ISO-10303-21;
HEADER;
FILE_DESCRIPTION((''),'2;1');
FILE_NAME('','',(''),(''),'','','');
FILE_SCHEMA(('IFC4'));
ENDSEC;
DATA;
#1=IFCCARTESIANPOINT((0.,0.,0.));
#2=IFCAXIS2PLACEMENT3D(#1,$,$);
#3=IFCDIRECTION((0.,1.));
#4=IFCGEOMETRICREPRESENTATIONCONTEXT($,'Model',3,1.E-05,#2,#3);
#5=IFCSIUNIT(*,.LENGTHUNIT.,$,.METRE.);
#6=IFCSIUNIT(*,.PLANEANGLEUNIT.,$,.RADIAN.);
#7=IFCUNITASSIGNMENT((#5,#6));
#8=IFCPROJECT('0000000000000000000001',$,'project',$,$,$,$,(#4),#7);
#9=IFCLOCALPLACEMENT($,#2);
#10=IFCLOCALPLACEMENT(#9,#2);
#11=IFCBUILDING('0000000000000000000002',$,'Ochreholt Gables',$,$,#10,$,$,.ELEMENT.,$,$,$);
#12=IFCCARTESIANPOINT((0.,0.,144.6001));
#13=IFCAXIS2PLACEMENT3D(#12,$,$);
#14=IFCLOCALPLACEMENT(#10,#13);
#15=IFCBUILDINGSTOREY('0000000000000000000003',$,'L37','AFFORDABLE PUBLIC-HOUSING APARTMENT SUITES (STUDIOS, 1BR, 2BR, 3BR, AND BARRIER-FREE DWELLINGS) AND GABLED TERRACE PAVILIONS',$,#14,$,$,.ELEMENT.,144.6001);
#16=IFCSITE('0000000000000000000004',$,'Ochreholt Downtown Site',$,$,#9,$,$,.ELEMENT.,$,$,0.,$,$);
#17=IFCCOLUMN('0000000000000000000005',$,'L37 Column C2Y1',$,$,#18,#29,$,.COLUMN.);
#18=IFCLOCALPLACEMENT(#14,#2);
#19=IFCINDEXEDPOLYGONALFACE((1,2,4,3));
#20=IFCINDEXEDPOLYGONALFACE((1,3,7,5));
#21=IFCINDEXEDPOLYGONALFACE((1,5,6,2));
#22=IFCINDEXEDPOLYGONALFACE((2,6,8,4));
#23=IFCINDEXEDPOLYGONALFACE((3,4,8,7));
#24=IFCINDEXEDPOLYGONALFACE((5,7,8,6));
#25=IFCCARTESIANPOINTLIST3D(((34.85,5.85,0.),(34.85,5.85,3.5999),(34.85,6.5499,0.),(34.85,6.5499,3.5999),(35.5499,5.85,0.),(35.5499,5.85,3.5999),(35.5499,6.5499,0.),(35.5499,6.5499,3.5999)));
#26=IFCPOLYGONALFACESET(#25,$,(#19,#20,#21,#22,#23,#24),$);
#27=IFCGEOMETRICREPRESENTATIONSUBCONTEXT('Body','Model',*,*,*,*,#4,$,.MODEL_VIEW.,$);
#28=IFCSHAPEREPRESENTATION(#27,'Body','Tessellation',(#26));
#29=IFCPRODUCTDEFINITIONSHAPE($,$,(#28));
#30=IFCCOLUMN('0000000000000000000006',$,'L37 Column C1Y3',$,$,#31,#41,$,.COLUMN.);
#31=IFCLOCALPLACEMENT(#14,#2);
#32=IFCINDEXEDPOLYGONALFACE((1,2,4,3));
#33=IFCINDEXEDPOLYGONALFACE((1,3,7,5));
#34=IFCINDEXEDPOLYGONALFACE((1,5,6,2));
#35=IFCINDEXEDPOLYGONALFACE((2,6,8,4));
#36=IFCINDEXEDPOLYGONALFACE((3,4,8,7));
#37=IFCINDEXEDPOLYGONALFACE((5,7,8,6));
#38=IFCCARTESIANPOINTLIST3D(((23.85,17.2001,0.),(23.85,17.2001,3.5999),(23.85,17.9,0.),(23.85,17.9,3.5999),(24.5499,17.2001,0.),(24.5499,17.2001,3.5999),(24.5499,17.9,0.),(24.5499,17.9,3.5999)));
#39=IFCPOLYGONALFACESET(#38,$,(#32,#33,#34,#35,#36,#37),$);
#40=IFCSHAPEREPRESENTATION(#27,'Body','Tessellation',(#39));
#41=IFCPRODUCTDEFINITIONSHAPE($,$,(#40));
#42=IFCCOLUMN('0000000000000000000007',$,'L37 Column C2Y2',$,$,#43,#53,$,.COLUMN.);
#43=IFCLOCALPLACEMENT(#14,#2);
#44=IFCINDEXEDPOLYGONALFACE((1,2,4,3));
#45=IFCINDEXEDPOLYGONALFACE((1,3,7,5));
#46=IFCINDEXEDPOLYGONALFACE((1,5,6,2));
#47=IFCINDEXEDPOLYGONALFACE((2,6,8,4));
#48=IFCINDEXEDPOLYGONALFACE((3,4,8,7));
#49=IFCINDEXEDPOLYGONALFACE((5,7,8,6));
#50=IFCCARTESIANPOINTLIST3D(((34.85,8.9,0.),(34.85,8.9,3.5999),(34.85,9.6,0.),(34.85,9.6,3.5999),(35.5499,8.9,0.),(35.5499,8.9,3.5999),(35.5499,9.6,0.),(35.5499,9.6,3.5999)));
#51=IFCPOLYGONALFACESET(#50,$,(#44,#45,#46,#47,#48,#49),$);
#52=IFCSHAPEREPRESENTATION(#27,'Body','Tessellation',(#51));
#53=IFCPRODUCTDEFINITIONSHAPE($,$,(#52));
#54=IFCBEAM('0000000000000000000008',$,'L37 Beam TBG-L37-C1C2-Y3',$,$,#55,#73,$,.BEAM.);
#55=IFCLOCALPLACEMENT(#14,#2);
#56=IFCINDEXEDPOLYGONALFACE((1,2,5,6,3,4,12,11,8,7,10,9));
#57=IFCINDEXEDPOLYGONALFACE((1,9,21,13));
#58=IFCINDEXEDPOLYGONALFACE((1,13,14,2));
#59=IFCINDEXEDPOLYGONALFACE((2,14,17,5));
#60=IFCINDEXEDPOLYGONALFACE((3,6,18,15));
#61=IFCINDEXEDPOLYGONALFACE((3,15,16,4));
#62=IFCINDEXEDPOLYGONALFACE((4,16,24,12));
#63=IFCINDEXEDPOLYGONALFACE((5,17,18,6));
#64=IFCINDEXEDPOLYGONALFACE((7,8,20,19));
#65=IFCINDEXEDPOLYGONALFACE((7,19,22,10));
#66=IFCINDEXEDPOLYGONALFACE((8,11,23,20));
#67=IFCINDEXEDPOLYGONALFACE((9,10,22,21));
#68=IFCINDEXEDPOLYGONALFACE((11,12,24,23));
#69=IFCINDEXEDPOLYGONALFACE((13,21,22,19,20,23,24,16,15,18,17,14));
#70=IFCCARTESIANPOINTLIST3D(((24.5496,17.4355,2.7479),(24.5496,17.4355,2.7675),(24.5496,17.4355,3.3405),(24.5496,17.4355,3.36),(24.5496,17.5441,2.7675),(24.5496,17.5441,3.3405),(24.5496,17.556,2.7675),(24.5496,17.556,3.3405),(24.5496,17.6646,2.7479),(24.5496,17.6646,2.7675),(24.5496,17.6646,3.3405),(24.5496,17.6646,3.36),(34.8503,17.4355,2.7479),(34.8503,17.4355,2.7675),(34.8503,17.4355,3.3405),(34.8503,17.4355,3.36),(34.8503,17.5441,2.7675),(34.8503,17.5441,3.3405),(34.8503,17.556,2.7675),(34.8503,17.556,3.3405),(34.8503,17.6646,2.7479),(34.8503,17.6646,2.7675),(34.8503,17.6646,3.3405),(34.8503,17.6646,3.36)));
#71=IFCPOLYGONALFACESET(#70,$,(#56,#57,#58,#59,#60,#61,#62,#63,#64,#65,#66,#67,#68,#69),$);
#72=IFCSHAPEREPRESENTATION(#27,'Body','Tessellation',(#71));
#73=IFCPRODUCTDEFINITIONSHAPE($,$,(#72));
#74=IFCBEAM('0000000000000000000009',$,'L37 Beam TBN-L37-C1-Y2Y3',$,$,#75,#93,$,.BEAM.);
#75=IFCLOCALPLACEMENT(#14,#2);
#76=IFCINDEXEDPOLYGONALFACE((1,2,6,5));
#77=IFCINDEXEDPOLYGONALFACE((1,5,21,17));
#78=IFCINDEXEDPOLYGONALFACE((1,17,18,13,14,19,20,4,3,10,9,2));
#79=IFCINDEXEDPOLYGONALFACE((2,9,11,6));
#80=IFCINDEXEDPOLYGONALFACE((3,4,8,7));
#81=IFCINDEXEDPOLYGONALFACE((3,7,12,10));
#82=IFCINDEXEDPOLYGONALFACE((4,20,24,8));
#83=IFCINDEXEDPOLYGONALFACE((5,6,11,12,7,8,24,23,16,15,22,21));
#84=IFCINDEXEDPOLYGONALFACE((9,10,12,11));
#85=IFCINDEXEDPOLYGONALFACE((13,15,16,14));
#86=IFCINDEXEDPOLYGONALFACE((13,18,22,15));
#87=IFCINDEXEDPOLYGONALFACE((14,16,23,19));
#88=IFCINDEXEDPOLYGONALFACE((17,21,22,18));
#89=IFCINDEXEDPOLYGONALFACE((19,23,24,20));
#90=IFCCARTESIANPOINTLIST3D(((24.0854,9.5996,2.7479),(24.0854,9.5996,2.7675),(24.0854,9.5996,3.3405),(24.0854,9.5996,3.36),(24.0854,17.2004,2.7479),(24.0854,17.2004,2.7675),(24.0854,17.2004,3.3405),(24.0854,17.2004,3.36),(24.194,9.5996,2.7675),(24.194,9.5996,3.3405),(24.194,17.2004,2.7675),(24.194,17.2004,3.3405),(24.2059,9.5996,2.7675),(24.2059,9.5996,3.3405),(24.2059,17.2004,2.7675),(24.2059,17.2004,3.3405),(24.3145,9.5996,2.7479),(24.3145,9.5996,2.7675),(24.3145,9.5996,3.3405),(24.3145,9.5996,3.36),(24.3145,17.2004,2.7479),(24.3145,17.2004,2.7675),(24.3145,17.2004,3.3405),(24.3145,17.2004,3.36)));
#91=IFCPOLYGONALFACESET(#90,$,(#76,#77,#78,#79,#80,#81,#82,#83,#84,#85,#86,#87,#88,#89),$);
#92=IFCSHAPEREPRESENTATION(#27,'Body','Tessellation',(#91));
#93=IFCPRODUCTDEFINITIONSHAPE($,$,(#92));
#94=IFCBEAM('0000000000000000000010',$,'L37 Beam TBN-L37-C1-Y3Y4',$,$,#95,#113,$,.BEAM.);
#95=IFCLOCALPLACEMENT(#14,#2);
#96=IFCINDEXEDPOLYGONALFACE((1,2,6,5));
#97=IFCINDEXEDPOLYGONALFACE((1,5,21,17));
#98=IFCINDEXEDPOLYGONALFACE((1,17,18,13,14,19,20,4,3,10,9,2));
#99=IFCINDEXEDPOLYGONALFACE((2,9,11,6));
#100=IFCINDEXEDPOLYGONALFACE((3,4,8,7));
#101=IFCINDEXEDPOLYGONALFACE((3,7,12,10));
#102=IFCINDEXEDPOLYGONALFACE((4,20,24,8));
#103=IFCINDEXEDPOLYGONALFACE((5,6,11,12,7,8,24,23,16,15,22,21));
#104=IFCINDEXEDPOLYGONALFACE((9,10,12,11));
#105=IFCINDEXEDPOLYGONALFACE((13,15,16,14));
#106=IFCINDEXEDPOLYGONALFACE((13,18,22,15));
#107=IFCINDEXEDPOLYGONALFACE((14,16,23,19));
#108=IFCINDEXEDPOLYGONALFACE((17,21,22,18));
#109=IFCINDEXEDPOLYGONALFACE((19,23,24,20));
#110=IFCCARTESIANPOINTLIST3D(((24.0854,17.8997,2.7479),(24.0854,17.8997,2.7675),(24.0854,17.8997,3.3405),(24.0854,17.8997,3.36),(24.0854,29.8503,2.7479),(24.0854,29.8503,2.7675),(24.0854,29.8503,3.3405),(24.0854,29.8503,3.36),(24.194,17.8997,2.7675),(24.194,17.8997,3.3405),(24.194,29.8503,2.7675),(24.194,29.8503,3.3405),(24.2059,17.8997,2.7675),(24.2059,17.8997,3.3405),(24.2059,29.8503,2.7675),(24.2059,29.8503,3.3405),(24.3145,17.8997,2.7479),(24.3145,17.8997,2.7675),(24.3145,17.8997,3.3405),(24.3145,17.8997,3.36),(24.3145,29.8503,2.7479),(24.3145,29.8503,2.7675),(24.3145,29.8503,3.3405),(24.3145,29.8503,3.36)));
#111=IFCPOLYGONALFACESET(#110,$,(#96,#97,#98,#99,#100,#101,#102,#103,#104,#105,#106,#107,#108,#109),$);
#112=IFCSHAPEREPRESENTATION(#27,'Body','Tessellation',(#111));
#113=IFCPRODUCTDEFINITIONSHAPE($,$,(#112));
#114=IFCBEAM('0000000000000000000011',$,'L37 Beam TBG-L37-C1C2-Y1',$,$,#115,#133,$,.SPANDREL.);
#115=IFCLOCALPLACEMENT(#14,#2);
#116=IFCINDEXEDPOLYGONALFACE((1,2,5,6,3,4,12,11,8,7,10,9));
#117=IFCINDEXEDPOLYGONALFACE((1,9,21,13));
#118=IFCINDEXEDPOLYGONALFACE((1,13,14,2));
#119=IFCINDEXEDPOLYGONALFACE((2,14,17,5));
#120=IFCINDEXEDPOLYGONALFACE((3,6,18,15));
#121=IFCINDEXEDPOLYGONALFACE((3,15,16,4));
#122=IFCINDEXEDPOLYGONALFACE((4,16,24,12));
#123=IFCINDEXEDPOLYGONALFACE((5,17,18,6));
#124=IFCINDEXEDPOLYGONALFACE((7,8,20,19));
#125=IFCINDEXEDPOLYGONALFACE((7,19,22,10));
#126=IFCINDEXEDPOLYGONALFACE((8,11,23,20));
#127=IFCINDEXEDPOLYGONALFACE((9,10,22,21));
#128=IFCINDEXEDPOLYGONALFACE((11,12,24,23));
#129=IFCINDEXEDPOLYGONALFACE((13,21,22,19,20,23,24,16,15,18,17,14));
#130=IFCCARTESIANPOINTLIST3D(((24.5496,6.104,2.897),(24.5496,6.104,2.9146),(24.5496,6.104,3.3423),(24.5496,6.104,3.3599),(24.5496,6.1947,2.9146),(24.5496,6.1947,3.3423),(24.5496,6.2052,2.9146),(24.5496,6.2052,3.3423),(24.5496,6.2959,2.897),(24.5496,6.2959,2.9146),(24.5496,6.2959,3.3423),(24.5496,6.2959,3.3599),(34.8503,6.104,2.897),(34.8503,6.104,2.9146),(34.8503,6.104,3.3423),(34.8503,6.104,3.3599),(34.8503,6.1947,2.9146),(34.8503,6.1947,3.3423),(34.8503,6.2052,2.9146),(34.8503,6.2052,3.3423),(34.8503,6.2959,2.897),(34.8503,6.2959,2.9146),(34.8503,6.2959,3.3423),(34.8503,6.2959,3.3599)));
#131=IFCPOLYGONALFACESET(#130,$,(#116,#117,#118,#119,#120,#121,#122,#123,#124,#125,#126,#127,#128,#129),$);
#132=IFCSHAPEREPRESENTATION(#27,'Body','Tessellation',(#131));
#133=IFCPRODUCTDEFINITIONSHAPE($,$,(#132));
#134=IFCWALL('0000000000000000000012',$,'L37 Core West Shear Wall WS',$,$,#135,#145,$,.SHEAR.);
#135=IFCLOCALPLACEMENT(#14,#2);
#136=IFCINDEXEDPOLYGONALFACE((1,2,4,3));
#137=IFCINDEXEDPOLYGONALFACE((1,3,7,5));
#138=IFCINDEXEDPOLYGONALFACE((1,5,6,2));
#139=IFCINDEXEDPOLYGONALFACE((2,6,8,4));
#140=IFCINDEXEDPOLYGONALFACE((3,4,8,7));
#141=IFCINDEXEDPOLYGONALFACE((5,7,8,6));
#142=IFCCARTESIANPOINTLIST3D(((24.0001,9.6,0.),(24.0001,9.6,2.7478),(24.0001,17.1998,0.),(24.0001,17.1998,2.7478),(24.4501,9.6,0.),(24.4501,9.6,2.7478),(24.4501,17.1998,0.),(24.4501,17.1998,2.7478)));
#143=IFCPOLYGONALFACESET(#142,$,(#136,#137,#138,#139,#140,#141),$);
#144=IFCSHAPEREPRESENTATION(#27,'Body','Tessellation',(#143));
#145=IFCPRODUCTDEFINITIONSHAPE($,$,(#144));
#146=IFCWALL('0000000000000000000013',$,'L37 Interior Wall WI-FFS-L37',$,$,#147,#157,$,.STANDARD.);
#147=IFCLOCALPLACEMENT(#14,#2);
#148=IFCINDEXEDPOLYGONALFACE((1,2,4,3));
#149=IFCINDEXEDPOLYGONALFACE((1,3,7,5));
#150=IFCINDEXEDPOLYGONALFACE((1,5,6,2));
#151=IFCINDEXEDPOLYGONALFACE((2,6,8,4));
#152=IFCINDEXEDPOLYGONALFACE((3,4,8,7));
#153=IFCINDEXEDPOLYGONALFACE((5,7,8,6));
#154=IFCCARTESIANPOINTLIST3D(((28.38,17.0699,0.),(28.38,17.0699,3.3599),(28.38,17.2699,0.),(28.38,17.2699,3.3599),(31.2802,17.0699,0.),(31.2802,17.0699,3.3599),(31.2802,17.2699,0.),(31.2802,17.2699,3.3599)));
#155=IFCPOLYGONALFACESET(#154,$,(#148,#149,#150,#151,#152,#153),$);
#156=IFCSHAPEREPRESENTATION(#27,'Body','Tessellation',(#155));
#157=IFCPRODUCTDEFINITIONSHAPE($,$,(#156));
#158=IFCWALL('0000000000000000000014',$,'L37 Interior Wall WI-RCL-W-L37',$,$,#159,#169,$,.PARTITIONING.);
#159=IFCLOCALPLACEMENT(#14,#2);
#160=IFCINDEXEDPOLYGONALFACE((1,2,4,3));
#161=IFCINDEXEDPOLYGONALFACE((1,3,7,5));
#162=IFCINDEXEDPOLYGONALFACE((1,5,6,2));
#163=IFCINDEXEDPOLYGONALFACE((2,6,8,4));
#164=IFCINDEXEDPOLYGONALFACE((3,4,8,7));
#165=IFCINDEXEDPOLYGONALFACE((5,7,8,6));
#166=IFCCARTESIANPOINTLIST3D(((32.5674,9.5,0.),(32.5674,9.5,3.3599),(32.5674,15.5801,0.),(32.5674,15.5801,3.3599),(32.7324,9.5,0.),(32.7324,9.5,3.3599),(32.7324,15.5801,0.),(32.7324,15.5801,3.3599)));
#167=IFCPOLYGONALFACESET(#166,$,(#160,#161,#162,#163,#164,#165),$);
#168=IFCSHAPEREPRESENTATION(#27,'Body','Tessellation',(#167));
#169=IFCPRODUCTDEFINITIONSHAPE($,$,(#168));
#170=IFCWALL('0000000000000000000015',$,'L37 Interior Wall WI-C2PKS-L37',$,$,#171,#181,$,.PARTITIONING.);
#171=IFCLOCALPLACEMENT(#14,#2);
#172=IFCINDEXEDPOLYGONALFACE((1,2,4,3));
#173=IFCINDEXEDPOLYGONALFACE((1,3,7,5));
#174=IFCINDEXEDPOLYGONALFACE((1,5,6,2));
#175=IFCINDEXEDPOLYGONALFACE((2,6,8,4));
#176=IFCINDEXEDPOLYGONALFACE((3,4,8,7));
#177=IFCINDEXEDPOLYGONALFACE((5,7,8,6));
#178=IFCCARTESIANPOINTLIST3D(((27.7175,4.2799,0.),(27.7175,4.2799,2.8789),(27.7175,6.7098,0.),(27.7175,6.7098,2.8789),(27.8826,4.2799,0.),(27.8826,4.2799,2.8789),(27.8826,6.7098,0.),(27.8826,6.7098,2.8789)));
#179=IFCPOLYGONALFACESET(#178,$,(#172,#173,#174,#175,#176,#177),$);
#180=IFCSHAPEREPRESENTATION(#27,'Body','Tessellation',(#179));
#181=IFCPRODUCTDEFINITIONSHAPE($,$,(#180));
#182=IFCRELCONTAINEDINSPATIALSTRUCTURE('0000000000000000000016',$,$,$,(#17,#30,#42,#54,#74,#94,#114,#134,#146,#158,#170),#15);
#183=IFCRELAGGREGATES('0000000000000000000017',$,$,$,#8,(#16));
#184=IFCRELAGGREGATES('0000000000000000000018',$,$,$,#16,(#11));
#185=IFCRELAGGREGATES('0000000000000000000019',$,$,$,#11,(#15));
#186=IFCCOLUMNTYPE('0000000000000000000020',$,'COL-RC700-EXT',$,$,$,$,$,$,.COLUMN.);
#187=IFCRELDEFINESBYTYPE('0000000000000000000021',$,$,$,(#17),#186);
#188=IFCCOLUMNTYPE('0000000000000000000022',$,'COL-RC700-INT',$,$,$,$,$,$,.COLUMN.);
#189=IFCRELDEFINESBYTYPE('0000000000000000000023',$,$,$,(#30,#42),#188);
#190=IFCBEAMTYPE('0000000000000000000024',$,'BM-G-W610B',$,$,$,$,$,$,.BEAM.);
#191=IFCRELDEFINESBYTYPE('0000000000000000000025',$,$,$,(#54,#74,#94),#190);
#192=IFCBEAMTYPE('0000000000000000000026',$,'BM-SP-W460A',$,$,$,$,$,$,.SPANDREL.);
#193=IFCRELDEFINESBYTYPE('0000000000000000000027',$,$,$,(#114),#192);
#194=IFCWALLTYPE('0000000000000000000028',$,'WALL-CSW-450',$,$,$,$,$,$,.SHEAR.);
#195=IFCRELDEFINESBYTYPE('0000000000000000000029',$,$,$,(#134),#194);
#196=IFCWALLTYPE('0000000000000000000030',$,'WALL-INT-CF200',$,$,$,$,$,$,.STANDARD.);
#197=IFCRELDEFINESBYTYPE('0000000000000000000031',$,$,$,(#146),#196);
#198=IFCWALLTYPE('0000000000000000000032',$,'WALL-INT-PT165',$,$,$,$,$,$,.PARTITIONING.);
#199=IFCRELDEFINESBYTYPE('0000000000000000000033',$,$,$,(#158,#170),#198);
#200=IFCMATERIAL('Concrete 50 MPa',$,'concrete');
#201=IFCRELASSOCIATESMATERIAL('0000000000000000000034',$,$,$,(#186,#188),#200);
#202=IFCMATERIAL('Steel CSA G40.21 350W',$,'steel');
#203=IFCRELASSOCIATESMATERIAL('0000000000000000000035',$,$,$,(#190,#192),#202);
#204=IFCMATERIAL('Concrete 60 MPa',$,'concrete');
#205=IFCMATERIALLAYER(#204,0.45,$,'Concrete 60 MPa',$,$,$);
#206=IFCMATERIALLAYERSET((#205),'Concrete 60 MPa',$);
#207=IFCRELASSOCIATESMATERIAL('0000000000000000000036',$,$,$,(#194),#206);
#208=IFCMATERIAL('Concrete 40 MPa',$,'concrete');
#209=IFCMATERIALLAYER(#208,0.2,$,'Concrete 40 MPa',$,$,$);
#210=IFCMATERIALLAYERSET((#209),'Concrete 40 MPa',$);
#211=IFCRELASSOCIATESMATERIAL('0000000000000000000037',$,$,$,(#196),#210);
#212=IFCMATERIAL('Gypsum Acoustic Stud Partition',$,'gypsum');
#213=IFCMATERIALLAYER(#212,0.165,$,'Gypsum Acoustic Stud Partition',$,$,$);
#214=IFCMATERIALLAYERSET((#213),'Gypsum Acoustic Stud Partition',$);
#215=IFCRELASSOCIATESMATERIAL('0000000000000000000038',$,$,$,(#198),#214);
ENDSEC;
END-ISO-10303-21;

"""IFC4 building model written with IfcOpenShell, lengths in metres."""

from ifc_helpers import new_model, si_unit, direction, frame, frame_2d, origin, origin_2d, place, context, subcontext, project, spatial, rectangle, i_section, extrude, material, layer, layer_set, material_profile, profile_set, type_object, element, save


model = new_model("IFC4")

# Units and contexts
model_context = context("Model", 3, precision=1e-05, world=origin(), true_north=direction((0.0, 1.0)))
body_context = subcontext(model_context, "Body", "Model", "MODEL_VIEW")
ifc_project = project(units=[si_unit("LENGTHUNIT", "METRE"), si_unit("PLANEANGLEUNIT", "RADIAN")], contexts=[model_context])

# Site, building, storey
site_placement = place(None, origin())
site = spatial("IfcSite", under=ifc_project, at=site_placement, Name="Ochreholt Downtown Site", CompositionType="ELEMENT", RefElevation=0.0)
building_placement = place(site_placement, origin())
building = spatial("IfcBuilding", under=site, at=building_placement, Name="Ochreholt Gables", CompositionType="ELEMENT")
storey_placement = place(building_placement, frame((0.0, 0.0, 144.6001)))
storey = spatial("IfcBuildingStorey", under=building, at=storey_placement, Name="L37", Description="AFFORDABLE PUBLIC-HOUSING APARTMENT SUITES (STUDIOS, 1BR, 2BR, 3BR, AND BARRIER-FREE DWELLINGS) AND GABLED TERRACE PAVILIONS", CompositionType="ELEMENT", Elevation=144.6001)

# Columns
ifc_material_1 = material(Name="Concrete 50 MPa", Category="concrete")
ifc_material_profile_1 = material_profile(ifc_material_1, rectangle(XDim=0.7, YDim=0.7, at=origin_2d()), Name="RC700X700")
ifc_profile_set_1 = profile_set([ifc_material_profile_1], Name="Concrete 50 MPa")
column_type_1 = type_object("IfcColumnType", Name="COL-RC700-EXT", PredefinedType="COLUMN", material=ifc_profile_set_1)
column_placement = place(storey_placement, frame((35.2, 6.2, 0.0), z_axis=(0.0, 0.0, 1.0), x_axis=(1.0, 0.0, 0.0)))
element("IfcColumn", 1, at=column_placement, inside=storey, type_object=column_type_1, Name="L37 Column C2Y1", PredefinedType="COLUMN", context=body_context, shape_type="SweptSolid", body=[
    extrude(rectangle(XDim=0.7, YDim=0.7, at=origin_2d()), origin(), (0.0, 0.0, 1.0), 3.5999),
])
ifc_material_profile_2 = material_profile(ifc_material_1, rectangle(XDim=0.7, YDim=0.7, at=origin_2d()), Name="RC700X700")
ifc_profile_set_2 = profile_set([ifc_material_profile_2], Name="Concrete 50 MPa")
column_type_2 = type_object("IfcColumnType", Name="COL-RC700-INT", PredefinedType="COLUMN", material=ifc_profile_set_2)
for number, where, z_axis, x_axis, name in (
    (2, (24.2, 17.55, 0.0), (0.0, 0.0, 1.0), (1.0, 0.0, 0.0), "L37 Column C1Y3"),
    (3, (35.2, 9.25, 0.0), (0.0, 0.0, 1.0), (1.0, 0.0, 0.0), "L37 Column C2Y2"),
):
    element("IfcColumn", number, at=place(storey_placement, frame(where, z_axis=z_axis, x_axis=x_axis)), inside=storey, type_object=column_type_2, Name=name, PredefinedType="COLUMN", context=body_context, shape_type="SweptSolid", body=[
        extrude(rectangle(XDim=0.7, YDim=0.7, at=origin_2d()), origin(), (0.0, 0.0, 1.0), 3.5999),
    ])

# Beams
ifc_material_2 = material(Name="Steel CSA G40.21 350W", Category="steel")
ifc_material_profile_3 = material_profile(ifc_material_2, i_section(OverallWidth=0.229, OverallDepth=0.6121, WebThickness=0.012, FlangeThickness=0.0195, at=origin_2d()), Name="W610X125")
ifc_profile_set_3 = profile_set([ifc_material_profile_3], Name="Steel CSA G40.21 350W")
beam_type_1 = type_object("IfcBeamType", Name="BM-G-W610B", PredefinedType="BEAM", material=ifc_profile_set_3)
beam_1_placement = place(storey_placement, frame((24.5496, 17.55, 3.054), z_axis=(1.0, 0.0, 0.0), x_axis=(0.0, 1.0, 0.0)))
element("IfcBeam", 4, at=beam_1_placement, inside=storey, type_object=beam_type_1, Name="L37 Beam TBG-L37-C1C2-Y3", PredefinedType="BEAM", context=body_context, shape_type="SweptSolid", body=[
    extrude(i_section(OverallWidth=0.229, OverallDepth=0.6121, WebThickness=0.012, FlangeThickness=0.0195, at=origin_2d()), origin(), (0.0, 0.0, 1.0), 10.3008),
])
beam_2_placement = place(storey_placement, frame((24.2, 9.5996, 3.054), z_axis=(0.0, 1.0, 0.0), x_axis=(-1.0, 0.0, 0.0)))
element("IfcBeam", 5, at=beam_2_placement, inside=storey, type_object=beam_type_1, Name="L37 Beam TBN-L37-C1-Y2Y3", PredefinedType="BEAM", context=body_context, shape_type="SweptSolid", body=[
    extrude(i_section(OverallWidth=0.229, OverallDepth=0.6121, WebThickness=0.012, FlangeThickness=0.0195, at=origin_2d()), origin(), (0.0, 0.0, 1.0), 7.6008),
])
beam_3_placement = place(storey_placement, frame((24.2, 17.8997, 3.054), z_axis=(0.0, 1.0, 0.0), x_axis=(-1.0, 0.0, 0.0)))
element("IfcBeam", 6, at=beam_3_placement, inside=storey, type_object=beam_type_1, Name="L37 Beam TBN-L37-C1-Y3Y4", PredefinedType="BEAM", context=body_context, shape_type="SweptSolid", body=[
    extrude(i_section(OverallWidth=0.229, OverallDepth=0.6121, WebThickness=0.012, FlangeThickness=0.0195, at=origin_2d()), origin(), (0.0, 0.0, 1.0), 11.9507),
])
ifc_material_profile_4 = material_profile(ifc_material_2, i_section(OverallWidth=0.1919, OverallDepth=0.4629, WebThickness=0.0105, FlangeThickness=0.0176, at=origin_2d()), Name="W460X89")
ifc_profile_set_4 = profile_set([ifc_material_profile_4], Name="Steel CSA G40.21 350W")
beam_type_2 = type_object("IfcBeamType", Name="BM-SP-W460A", PredefinedType="SPANDREL", material=ifc_profile_set_4)
beam_4_placement = place(storey_placement, frame((24.5496, 6.2, 3.1284), z_axis=(1.0, 0.0, 0.0), x_axis=(0.0, 1.0, 0.0)))
element("IfcBeam", 7, at=beam_4_placement, inside=storey, type_object=beam_type_2, Name="L37 Beam TBG-L37-C1C2-Y1", PredefinedType="SPANDREL", context=body_context, shape_type="SweptSolid", body=[
    extrude(i_section(OverallWidth=0.1919, OverallDepth=0.4629, WebThickness=0.0105, FlangeThickness=0.0176, at=origin_2d()), origin(), (0.0, 0.0, 1.0), 10.3008),
])

# Walls
ifc_material_3 = material(Name="Concrete 60 MPa", Category="concrete")
ifc_layer_1 = layer(ifc_material_3, 0.45, Name="Concrete 60 MPa")
ifc_layer_set_1 = layer_set([ifc_layer_1], Name="Concrete 60 MPa")
wall_type_1 = type_object("IfcWallType", Name="WALL-CSW-450", PredefinedType="SHEAR", material=ifc_layer_set_1)
wall_1_placement = place(storey_placement, frame((24.2251, 9.6001, 0.0), z_axis=(0.0, 0.0, 1.0), x_axis=(0.0, 1.0, 0.0)))
element("IfcWall", 8, at=wall_1_placement, inside=storey, type_object=wall_type_1, Name="L37 Core West Shear Wall WS", PredefinedType="SHEAR", context=body_context, shape_type="SweptSolid", body=[
    extrude(rectangle(XDim=7.5999, YDim=0.45, at=frame_2d((3.7998, 0.0))), origin(), (0.0, 0.0, 1.0), 2.7478),
])
ifc_material_4 = material(Name="Concrete 40 MPa", Category="concrete")
ifc_layer_2 = layer(ifc_material_4, 0.2, Name="Concrete 40 MPa")
ifc_layer_set_2 = layer_set([ifc_layer_2], Name="Concrete 40 MPa")
wall_type_2 = type_object("IfcWallType", Name="WALL-INT-CF200", PredefinedType="STANDARD", material=ifc_layer_set_2)
wall_2_placement = place(storey_placement, frame((28.3799, 17.1699, 0.0), z_axis=(0.0, 0.0, 1.0), x_axis=(1.0, 0.0, 0.0)))
element("IfcWall", 9, at=wall_2_placement, inside=storey, type_object=wall_type_2, Name="L37 Interior Wall WI-FFS-L37", PredefinedType="STANDARD", context=body_context, shape_type="SweptSolid", body=[
    extrude(rectangle(XDim=2.9001, YDim=0.2, at=frame_2d((1.4502, 0.0))), origin(), (0.0, 0.0, 1.0), 3.3599),
])

# Wall
ifc_material_5 = material(Name="Gypsum Acoustic Stud Partition", Category="gypsum")
ifc_layer_3 = layer(ifc_material_5, 0.165, Name="Gypsum Acoustic Stud Partition")
ifc_layer_set_3 = layer_set([ifc_layer_3], Name="Gypsum Acoustic Stud Partition")
wall_type_3 = type_object("IfcWallType", Name="WALL-INT-PT165", PredefinedType="PARTITIONING", material=ifc_layer_set_3)
wall_3_placement = place(storey_placement, frame((32.6499, 9.5, 0.0), z_axis=(0.0, 0.0, 1.0), x_axis=(0.0, 1.0, 0.0)))
element("IfcWall", 10, at=wall_3_placement, inside=storey, type_object=wall_type_3, Name="L37 Interior Wall WI-RCL-W-L37", PredefinedType="PARTITIONING", context=body_context, shape_type="SweptSolid", body=[
    extrude(rectangle(XDim=6.0801, YDim=0.165, at=frame_2d((3.04, 0.0))), origin(), (0.0, 0.0, 1.0), 3.3599),
])

# Wall
wall_4_placement = place(storey_placement, frame((27.8, 4.28, 0.0), z_axis=(0.0, 0.0, 1.0), x_axis=(0.0, 1.0, 0.0)))
element("IfcWall", 11, at=wall_4_placement, inside=storey, type_object=wall_type_3, Name="L37 Interior Wall WI-C2PKS-L37", PredefinedType="PARTITIONING", context=body_context, shape_type="SweptSolid", body=[
    extrude(rectangle(XDim=2.4299, YDim=0.165, at=frame_2d((1.2148, 0.0))), origin(), (0.0, 0.0, 1.0), 2.8789),
])

save(model, "model.ifc")
